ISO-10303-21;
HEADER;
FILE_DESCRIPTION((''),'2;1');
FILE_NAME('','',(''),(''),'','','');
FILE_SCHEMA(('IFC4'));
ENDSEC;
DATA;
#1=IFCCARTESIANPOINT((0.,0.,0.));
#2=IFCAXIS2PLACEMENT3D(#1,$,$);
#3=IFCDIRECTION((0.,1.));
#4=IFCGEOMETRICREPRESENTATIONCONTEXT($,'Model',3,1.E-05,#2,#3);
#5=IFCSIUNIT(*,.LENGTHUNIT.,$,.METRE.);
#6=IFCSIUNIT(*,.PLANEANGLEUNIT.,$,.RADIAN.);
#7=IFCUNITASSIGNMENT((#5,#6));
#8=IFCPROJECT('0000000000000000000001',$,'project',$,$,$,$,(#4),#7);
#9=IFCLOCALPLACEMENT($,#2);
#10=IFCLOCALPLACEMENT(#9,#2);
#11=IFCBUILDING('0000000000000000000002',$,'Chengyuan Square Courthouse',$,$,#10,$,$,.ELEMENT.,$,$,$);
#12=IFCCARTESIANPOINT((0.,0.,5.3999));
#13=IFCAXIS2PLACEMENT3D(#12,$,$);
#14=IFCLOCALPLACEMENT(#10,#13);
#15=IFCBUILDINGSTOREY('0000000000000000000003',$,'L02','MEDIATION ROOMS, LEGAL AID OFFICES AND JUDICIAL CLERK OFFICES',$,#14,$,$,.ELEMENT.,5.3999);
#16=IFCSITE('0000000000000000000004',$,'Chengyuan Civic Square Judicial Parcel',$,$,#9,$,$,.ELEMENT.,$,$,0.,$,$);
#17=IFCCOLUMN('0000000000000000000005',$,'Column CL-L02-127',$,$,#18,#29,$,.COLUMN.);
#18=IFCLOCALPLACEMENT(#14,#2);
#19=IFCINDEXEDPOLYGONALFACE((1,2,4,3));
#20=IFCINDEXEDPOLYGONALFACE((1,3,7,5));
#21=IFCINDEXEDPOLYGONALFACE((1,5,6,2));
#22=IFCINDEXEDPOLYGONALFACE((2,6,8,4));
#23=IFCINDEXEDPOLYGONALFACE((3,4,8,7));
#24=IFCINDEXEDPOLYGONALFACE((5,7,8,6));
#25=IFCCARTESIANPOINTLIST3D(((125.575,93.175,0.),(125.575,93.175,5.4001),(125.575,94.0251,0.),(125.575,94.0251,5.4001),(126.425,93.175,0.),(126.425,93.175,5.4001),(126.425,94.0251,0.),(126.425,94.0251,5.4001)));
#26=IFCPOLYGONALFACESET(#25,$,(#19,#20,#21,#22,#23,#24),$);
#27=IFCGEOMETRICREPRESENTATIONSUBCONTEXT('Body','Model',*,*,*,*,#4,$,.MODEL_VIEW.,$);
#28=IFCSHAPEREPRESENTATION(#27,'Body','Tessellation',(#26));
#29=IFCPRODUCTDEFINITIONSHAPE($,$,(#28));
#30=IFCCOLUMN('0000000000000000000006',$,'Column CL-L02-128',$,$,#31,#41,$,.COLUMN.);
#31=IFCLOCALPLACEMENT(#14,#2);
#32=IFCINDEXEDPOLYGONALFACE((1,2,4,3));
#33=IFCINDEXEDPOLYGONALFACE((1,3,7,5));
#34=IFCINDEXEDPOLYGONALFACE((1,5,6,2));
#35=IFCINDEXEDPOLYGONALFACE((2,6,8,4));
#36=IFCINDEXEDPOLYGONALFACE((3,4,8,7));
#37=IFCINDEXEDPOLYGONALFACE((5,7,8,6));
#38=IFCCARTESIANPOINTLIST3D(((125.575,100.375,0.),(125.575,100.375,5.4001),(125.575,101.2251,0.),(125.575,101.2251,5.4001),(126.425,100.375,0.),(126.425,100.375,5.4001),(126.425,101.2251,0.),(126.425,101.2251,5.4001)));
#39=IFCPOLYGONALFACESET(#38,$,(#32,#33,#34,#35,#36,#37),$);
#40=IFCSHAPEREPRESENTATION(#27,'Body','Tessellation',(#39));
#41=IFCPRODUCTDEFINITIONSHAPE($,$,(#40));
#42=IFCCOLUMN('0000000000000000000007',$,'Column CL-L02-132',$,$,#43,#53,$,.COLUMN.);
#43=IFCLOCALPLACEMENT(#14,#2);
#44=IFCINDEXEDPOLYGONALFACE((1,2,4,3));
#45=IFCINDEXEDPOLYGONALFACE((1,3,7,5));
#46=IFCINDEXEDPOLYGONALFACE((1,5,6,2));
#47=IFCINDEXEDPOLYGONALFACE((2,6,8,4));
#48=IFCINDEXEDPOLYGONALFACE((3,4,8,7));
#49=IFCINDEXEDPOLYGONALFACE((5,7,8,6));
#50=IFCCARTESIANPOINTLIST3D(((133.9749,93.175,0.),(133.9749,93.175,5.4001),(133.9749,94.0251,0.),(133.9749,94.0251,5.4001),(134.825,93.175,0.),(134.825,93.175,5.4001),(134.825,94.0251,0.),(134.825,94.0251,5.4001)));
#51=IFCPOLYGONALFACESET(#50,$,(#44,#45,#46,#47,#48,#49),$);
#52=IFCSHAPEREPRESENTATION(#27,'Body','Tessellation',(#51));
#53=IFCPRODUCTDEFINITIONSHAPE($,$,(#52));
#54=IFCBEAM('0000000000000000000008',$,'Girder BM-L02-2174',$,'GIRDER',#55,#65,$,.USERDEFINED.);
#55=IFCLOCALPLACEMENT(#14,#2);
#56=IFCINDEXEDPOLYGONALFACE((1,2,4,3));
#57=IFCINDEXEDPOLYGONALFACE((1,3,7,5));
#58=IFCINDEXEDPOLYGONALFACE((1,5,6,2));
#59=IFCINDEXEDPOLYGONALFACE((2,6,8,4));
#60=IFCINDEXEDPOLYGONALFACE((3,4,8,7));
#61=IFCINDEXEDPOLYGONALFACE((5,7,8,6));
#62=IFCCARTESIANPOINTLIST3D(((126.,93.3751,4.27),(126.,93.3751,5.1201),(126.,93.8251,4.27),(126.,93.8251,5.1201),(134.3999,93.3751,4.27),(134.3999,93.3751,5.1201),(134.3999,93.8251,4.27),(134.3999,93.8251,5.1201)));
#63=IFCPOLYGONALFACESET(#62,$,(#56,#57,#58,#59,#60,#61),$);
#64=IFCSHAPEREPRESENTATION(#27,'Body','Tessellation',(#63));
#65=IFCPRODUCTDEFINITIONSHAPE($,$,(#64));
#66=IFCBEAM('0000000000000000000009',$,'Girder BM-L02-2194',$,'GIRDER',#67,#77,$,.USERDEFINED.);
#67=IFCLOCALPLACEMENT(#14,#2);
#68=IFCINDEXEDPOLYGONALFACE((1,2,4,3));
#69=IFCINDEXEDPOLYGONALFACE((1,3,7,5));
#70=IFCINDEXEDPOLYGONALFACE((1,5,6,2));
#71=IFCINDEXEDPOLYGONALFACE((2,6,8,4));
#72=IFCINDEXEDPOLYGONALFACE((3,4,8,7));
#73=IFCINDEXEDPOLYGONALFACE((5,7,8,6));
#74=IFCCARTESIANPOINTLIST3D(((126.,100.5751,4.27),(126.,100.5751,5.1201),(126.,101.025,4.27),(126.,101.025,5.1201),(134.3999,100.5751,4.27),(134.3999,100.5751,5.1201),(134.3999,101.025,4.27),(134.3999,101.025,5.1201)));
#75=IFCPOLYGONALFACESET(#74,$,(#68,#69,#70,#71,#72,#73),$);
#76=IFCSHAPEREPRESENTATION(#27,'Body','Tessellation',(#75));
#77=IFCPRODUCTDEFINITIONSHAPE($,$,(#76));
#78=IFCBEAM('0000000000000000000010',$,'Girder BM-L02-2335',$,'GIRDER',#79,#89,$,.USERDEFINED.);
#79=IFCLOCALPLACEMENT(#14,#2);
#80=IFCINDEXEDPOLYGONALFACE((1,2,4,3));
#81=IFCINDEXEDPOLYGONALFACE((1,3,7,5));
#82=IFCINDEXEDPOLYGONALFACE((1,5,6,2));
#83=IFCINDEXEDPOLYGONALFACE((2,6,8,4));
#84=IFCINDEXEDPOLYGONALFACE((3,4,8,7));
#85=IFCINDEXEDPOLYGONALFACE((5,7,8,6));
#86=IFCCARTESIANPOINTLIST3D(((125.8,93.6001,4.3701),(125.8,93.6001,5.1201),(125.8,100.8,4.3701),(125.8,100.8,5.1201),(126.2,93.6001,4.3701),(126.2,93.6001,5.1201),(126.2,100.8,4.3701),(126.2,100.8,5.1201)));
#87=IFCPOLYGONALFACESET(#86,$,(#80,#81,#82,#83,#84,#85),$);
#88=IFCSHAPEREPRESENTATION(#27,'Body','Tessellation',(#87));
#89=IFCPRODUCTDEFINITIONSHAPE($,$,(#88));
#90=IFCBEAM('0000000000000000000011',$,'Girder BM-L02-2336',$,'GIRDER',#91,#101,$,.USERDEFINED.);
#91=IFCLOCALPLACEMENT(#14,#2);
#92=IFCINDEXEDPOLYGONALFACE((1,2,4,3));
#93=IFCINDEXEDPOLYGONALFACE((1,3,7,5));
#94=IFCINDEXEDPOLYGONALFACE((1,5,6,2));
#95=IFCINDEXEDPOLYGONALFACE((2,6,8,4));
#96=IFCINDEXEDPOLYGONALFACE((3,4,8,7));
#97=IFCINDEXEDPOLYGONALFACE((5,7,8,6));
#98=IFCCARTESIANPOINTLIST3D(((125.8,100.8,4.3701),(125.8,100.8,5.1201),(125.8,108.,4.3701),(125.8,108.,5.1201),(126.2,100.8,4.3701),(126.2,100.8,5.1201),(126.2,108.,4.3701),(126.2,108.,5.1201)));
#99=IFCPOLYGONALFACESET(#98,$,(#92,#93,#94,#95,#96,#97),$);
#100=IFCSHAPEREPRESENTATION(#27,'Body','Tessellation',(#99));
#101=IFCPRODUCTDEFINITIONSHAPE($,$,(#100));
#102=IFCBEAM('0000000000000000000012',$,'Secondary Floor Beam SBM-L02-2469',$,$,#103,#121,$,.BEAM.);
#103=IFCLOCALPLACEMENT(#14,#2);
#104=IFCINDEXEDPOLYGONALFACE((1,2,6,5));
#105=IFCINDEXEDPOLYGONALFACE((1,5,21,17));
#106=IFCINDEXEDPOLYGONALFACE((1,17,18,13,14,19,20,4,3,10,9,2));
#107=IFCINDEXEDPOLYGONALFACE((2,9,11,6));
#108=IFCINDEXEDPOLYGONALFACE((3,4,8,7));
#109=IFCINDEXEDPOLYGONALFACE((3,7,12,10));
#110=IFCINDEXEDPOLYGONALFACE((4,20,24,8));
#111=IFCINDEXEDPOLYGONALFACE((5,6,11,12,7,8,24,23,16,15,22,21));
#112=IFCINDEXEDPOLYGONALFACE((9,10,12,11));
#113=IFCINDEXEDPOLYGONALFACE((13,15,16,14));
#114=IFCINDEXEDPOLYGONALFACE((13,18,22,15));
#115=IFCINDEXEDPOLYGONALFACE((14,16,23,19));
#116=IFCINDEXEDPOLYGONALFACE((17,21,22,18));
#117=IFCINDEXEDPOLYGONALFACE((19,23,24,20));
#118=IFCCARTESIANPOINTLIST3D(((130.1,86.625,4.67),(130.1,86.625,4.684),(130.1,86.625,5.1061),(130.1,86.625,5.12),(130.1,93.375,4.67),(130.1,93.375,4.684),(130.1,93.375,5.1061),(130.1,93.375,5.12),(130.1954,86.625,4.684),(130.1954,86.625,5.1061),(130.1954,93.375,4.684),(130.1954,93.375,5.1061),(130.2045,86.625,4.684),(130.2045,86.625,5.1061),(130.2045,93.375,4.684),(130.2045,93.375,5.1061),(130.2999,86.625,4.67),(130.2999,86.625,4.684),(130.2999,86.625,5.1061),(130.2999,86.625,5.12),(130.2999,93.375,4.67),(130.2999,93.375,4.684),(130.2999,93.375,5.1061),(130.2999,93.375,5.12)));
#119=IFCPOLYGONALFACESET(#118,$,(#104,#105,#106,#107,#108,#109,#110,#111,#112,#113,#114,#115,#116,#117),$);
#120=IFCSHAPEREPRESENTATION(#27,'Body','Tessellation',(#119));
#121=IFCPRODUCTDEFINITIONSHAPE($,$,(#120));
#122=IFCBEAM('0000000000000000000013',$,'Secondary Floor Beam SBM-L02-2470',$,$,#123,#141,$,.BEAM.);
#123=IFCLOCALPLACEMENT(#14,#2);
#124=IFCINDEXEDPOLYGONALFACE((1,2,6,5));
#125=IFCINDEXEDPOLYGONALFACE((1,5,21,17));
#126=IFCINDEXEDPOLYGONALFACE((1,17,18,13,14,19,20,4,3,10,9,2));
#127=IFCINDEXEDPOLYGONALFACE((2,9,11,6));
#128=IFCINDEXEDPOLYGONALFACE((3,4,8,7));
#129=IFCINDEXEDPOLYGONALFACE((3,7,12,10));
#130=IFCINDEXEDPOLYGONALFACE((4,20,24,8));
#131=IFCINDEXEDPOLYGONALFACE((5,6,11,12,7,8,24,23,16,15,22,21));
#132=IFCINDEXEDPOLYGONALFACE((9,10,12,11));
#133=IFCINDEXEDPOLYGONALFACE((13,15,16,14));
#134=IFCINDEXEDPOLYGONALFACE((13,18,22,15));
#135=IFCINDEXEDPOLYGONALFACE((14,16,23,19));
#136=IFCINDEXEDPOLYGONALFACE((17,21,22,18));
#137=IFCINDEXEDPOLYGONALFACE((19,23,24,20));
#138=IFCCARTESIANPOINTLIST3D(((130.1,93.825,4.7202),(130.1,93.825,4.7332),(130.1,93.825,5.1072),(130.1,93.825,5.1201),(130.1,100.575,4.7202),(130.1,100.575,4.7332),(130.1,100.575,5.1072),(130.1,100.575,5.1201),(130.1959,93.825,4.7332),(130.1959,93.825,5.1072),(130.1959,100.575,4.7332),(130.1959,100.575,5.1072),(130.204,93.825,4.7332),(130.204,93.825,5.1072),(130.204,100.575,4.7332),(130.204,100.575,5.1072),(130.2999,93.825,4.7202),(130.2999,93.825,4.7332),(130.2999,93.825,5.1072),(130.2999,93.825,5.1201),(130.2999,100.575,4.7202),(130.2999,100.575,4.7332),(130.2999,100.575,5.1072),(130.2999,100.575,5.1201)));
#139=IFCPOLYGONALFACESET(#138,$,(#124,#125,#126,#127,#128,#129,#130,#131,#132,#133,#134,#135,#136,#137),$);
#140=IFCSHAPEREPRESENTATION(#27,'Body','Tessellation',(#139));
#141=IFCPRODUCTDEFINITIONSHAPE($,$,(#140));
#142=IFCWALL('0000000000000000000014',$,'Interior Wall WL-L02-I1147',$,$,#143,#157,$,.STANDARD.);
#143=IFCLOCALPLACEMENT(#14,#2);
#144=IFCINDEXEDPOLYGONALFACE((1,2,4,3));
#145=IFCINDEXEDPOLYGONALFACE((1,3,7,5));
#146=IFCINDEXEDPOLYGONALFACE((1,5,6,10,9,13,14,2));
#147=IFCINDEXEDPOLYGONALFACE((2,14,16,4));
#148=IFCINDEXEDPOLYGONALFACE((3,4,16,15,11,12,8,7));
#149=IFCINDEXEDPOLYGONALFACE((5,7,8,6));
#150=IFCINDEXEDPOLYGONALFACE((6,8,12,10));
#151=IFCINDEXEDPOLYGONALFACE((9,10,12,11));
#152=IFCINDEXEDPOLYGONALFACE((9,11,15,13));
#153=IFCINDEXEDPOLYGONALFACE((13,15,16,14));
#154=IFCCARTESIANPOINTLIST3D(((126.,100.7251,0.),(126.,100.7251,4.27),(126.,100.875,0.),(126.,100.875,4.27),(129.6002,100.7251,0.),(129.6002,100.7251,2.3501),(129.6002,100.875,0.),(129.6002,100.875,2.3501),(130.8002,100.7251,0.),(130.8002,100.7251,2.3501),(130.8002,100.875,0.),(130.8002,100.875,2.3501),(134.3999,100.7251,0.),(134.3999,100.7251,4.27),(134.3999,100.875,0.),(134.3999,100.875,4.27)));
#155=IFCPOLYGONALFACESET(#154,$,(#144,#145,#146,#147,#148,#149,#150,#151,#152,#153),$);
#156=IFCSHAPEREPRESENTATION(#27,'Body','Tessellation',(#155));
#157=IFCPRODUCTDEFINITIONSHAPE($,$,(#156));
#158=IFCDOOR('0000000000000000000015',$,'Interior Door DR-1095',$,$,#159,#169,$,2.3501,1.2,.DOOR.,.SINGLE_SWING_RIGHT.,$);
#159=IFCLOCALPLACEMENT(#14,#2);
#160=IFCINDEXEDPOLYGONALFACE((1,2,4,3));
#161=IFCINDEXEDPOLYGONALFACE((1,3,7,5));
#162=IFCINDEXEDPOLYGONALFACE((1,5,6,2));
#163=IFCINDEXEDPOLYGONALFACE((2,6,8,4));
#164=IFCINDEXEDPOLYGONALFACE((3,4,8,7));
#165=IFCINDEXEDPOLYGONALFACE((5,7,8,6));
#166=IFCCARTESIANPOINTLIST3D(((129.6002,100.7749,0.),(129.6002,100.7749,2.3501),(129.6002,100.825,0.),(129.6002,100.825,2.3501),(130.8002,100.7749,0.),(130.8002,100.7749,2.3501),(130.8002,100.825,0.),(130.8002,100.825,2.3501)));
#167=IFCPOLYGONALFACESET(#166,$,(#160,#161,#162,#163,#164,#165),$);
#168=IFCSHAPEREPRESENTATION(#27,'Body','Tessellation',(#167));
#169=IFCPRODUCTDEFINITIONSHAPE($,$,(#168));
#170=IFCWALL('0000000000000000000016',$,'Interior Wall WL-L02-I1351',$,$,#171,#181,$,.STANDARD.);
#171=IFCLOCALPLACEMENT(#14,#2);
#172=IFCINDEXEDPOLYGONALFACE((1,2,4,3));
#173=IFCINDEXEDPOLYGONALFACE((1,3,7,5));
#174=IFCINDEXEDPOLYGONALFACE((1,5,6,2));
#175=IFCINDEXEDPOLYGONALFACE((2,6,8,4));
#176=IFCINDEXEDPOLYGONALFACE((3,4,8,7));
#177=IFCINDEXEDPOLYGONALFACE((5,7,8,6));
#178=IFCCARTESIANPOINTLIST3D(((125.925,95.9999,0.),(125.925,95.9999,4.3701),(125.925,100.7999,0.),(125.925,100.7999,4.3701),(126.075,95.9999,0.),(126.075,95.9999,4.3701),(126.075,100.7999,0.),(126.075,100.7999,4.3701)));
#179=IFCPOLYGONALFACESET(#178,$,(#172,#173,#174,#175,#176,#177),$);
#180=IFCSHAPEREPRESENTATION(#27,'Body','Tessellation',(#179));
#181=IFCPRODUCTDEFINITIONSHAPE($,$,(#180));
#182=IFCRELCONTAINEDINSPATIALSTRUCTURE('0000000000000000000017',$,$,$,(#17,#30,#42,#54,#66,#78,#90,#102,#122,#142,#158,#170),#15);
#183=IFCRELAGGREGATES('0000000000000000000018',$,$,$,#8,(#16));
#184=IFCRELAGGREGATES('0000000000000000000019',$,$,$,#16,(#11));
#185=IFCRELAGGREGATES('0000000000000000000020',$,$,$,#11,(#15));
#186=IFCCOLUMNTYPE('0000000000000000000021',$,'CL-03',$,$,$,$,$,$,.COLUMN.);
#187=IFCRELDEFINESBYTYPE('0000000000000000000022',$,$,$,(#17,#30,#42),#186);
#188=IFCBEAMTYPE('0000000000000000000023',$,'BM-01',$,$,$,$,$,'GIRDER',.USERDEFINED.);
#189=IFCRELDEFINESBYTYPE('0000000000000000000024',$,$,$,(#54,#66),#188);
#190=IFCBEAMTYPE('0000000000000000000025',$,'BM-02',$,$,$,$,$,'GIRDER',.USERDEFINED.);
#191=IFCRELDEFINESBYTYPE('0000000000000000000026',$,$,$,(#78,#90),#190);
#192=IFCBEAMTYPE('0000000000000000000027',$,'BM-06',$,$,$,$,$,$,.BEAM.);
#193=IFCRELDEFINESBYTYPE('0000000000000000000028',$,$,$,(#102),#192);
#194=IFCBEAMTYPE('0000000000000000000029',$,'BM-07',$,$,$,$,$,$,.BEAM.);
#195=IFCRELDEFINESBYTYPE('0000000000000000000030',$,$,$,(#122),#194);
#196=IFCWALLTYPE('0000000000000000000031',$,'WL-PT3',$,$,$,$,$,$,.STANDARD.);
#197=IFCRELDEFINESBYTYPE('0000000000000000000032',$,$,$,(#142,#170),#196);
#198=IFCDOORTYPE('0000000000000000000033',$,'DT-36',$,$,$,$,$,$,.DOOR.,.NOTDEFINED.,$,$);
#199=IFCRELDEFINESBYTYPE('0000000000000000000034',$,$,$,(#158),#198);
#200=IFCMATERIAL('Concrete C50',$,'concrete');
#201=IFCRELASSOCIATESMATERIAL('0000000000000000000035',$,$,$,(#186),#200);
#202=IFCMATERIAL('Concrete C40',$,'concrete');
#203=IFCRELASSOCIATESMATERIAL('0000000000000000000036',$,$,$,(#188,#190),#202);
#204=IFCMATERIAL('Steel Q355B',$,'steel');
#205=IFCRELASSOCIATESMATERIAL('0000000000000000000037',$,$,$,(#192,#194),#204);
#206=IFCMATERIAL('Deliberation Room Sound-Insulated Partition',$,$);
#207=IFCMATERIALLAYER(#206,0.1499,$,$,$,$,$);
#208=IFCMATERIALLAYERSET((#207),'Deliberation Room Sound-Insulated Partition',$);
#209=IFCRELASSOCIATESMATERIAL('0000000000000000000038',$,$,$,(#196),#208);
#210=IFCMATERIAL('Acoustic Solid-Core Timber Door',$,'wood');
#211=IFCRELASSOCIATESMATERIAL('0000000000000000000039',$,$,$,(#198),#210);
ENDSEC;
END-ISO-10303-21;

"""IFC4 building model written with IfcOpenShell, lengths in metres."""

from ifc_helpers import new_model, si_unit, direction, frame, frame_2d, origin, origin_2d, place, context, subcontext, project, spatial, rectangle, i_section, extrude, material, layer, layer_set, material_profile, profile_set, type_object, element, fill, save


model = new_model("IFC4")

# Units and contexts
model_context = context("Model", 3, precision=1e-05, world=origin(), true_north=direction((0.0, 1.0)))
body_context = subcontext(model_context, "Body", "Model", "MODEL_VIEW")
ifc_project = project(units=[si_unit("LENGTHUNIT", "METRE"), si_unit("PLANEANGLEUNIT", "RADIAN")], contexts=[model_context])

# Site, building, storey
site_placement = place(None, origin())
site = spatial("IfcSite", under=ifc_project, at=site_placement, Name="Chengyuan Civic Square Judicial Parcel", CompositionType="ELEMENT", RefElevation=0.0)
building_placement = place(site_placement, origin())
building = spatial("IfcBuilding", under=site, at=building_placement, Name="Chengyuan Square Courthouse", CompositionType="ELEMENT")
storey_placement = place(building_placement, frame((0.0, 0.0, 5.3999)))
storey = spatial("IfcBuildingStorey", under=building, at=storey_placement, Name="L02", Description="MEDIATION ROOMS, LEGAL AID OFFICES AND JUDICIAL CLERK OFFICES", CompositionType="ELEMENT", Elevation=5.3999)

# Columns
ifc_material_1 = material(Name="Concrete C50", Category="concrete")
ifc_material_profile_1 = material_profile(ifc_material_1, rectangle(XDim=0.8501, YDim=0.8501, at=origin_2d()), Name="RC-COL-850x850")
ifc_profile_set_1 = profile_set([ifc_material_profile_1], Name="Concrete C50")
column_type = type_object("IfcColumnType", Name="CL-03", PredefinedType="COLUMN", material=ifc_profile_set_1)
for number, where, z_axis, x_axis, name in (
    (1, (126.0, 93.6001, 0.0), (0.0, 0.0, 1.0), (1.0, 0.0, 0.0), "Column CL-L02-127"),
    (2, (126.0, 100.8, 0.0), (0.0, 0.0, 1.0), (1.0, 0.0, 0.0), "Column CL-L02-128"),
    (3, (134.3999, 93.6001, 0.0), (0.0, 0.0, 1.0), (1.0, 0.0, 0.0), "Column CL-L02-132"),
):
    element("IfcColumn", number, at=place(storey_placement, frame(where, z_axis=z_axis, x_axis=x_axis)), inside=storey, type_object=column_type, Name=name, PredefinedType="COLUMN", context=body_context, shape_type="SweptSolid", body=[
        extrude(rectangle(XDim=0.8501, YDim=0.8501, at=origin_2d()), origin(), (0.0, 0.0, 1.0), 5.4001),
    ])

# Beams
ifc_material_2 = material(Name="Concrete C40", Category="concrete")
ifc_material_profile_2 = material_profile(ifc_material_2, rectangle(XDim=0.45, YDim=0.8501, at=origin_2d()), Name="RC-BM-450x850")
ifc_profile_set_2 = profile_set([ifc_material_profile_2], Name="Concrete C40")
beam_type_1 = type_object("IfcBeamType", Name="BM-01", ElementType="GIRDER", PredefinedType="USERDEFINED", material=ifc_profile_set_2)
for number, where, z_axis, x_axis, name in (
    (4, (126.0, 93.6001, 4.6951), (1.0, 0.0, 0.0), (0.0, 1.0, 0.0), "Girder BM-L02-2174"),
    (5, (126.0, 100.8, 4.6951), (1.0, 0.0, 0.0), (0.0, 1.0, 0.0), "Girder BM-L02-2194"),
):
    element("IfcBeam", number, at=place(storey_placement, frame(where, z_axis=z_axis, x_axis=x_axis)), inside=storey, type_object=beam_type_1, Name=name, ObjectType="GIRDER", PredefinedType="USERDEFINED", context=body_context, shape_type="SweptSolid", body=[
        extrude(rectangle(XDim=0.45, YDim=0.8501, at=origin_2d()), origin(), (0.0, 0.0, 1.0), 8.3999),
    ])
ifc_material_profile_3 = material_profile(ifc_material_2, rectangle(XDim=0.3999, YDim=0.75, at=origin_2d()), Name="RC-BM-400x750")
ifc_profile_set_3 = profile_set([ifc_material_profile_3], Name="Concrete C40")
beam_type_2 = type_object("IfcBeamType", Name="BM-02", ElementType="GIRDER", PredefinedType="USERDEFINED", material=ifc_profile_set_3)
for number, where, z_axis, x_axis, name in (
    (6, (126.0, 93.6001, 4.7451), (0.0, 1.0, 0.0), (-1.0, 0.0, 0.0), "Girder BM-L02-2335"),
    (7, (126.0, 100.8, 4.7451), (0.0, 1.0, 0.0), (-1.0, 0.0, 0.0), "Girder BM-L02-2336"),
):
    element("IfcBeam", number, at=place(storey_placement, frame(where, z_axis=z_axis, x_axis=x_axis)), inside=storey, type_object=beam_type_2, Name=name, ObjectType="GIRDER", PredefinedType="USERDEFINED", context=body_context, shape_type="SweptSolid", body=[
        extrude(rectangle(XDim=0.3999, YDim=0.75, at=origin_2d()), origin(), (0.0, 0.0, 1.0), 7.2),
    ])
ifc_material_3 = material(Name="Steel Q355B", Category="steel")
ifc_material_profile_4 = material_profile(ifc_material_3, i_section(OverallWidth=0.2, OverallDepth=0.45, WebThickness=0.009, FlangeThickness=0.0139, at=origin_2d()), Name="HN 450x200x9x14")
ifc_profile_set_4 = profile_set([ifc_material_profile_4], Name="Steel Q355B")
beam_type_3 = type_object("IfcBeamType", Name="BM-06", PredefinedType="BEAM", material=ifc_profile_set_4)
beam_1_placement = place(storey_placement, frame((130.2, 86.625, 4.895), z_axis=(0.0, 1.0, 0.0), x_axis=(-1.0, 0.0, 0.0)))
element("IfcBeam", 8, at=beam_1_placement, inside=storey, type_object=beam_type_3, Name="Secondary Floor Beam SBM-L02-2469", PredefinedType="BEAM", context=body_context, shape_type="SweptSolid", body=[
    extrude(i_section(OverallWidth=0.2, OverallDepth=0.45, WebThickness=0.009, FlangeThickness=0.0139, at=origin_2d()), origin(), (0.0, 0.0, 1.0), 6.75),
])
ifc_material_profile_5 = material_profile(ifc_material_3, i_section(OverallWidth=0.2, OverallDepth=0.3999, WebThickness=0.0081, FlangeThickness=0.0129, at=origin_2d()), Name="HN 400x200x8x13")
ifc_profile_set_5 = profile_set([ifc_material_profile_5], Name="Steel Q355B")
beam_type_4 = type_object("IfcBeamType", Name="BM-07", PredefinedType="BEAM", material=ifc_profile_set_5)
beam_2_placement = place(storey_placement, frame((130.2, 93.825, 4.9202), z_axis=(0.0, 1.0, 0.0), x_axis=(-1.0, 0.0, 0.0)))
element("IfcBeam", 9, at=beam_2_placement, inside=storey, type_object=beam_type_4, Name="Secondary Floor Beam SBM-L02-2470", PredefinedType="BEAM", context=body_context, shape_type="SweptSolid", body=[
    extrude(i_section(OverallWidth=0.2, OverallDepth=0.3999, WebThickness=0.0081, FlangeThickness=0.0129, at=origin_2d()), origin(), (0.0, 0.0, 1.0), 6.75),
])

# Wall, opening, door
ifc_material_4 = material(Name="Deliberation Room Sound-Insulated Partition")
ifc_layer_1 = layer(ifc_material_4, 0.1499)
ifc_layer_set_1 = layer_set([ifc_layer_1], Name="Deliberation Room Sound-Insulated Partition")
wall_type_1 = type_object("IfcWallType", Name="WL-PT3", PredefinedType="STANDARD", material=ifc_layer_set_1)
wall_1_placement = place(storey_placement, frame((126.0, 100.8, 0.0), z_axis=(0.0, 0.0, 1.0), x_axis=(1.0, 0.0, 0.0)))
wall_1 = element("IfcWall", 10, at=wall_1_placement, inside=storey, type_object=wall_type_1, Name="Interior Wall WL-L02-I1147", PredefinedType="STANDARD", context=body_context, shape_type="SweptSolid", body=[
    extrude(rectangle(XDim=8.3999, YDim=0.1499, at=frame_2d((4.2, 0.0))), origin(), (0.0, 0.0, 1.0), 4.27),
])
opening_1_placement = place(wall_1_placement, frame((3.6001, 0.0, 0.0)))
opening_1 = element("IfcOpeningElement", 11, at=opening_1_placement, cuts=wall_1, PredefinedType="OPENING", context=body_context, shape_type="SweptSolid", body=[
    extrude(rectangle(XDim=1.2, YDim=2.3501, at=frame_2d((0.6001, 1.175))), frame((0.0, 0.0869, 0.0), z_axis=(0.0, -1.0, 0.0), x_axis=(1.0, 0.0, 0.0)), (0.0, 0.0, 1.0), 0.1738),
])
ifc_material_5 = material(Name="Acoustic Solid-Core Timber Door", Category="wood")
door_type_1 = type_object("IfcDoorType", Name="DT-36", OperationType="NOTDEFINED", PredefinedType="DOOR", material=ifc_material_5)
door_1_placement = place(opening_1_placement, origin())
door_1 = element("IfcDoor", 12, at=door_1_placement, inside=storey, type_object=door_type_1, Name="Interior Door DR-1095", OperationType="SINGLE_SWING_RIGHT", OverallHeight=2.3501, OverallWidth=1.2, PredefinedType="DOOR", context=body_context, shape_type="SweptSolid", body=[
    extrude(rectangle(XDim=1.2, YDim=2.3501, at=frame_2d((0.6001, 1.175))), frame((0.0, 0.0249, 0.0), z_axis=(0.0, -1.0, 0.0), x_axis=(1.0, 0.0, 0.0)), (0.0, 0.0, 1.0), 0.05),
])
fill(opening_1, door_1)

# Wall
wall_2_placement = place(storey_placement, frame((126.0, 96.0, 0.0), z_axis=(0.0, 0.0, 1.0), x_axis=(0.0, 1.0, 0.0)))
element("IfcWall", 13, at=wall_2_placement, inside=storey, type_object=wall_type_1, Name="Interior Wall WL-L02-I1351", PredefinedType="STANDARD", context=body_context, shape_type="SweptSolid", body=[
    extrude(rectangle(XDim=4.8, YDim=0.1499, at=frame_2d((2.3999, 0.0))), origin(), (0.0, 0.0, 1.0), 4.3701),
])

save(model, "model.ifc")
